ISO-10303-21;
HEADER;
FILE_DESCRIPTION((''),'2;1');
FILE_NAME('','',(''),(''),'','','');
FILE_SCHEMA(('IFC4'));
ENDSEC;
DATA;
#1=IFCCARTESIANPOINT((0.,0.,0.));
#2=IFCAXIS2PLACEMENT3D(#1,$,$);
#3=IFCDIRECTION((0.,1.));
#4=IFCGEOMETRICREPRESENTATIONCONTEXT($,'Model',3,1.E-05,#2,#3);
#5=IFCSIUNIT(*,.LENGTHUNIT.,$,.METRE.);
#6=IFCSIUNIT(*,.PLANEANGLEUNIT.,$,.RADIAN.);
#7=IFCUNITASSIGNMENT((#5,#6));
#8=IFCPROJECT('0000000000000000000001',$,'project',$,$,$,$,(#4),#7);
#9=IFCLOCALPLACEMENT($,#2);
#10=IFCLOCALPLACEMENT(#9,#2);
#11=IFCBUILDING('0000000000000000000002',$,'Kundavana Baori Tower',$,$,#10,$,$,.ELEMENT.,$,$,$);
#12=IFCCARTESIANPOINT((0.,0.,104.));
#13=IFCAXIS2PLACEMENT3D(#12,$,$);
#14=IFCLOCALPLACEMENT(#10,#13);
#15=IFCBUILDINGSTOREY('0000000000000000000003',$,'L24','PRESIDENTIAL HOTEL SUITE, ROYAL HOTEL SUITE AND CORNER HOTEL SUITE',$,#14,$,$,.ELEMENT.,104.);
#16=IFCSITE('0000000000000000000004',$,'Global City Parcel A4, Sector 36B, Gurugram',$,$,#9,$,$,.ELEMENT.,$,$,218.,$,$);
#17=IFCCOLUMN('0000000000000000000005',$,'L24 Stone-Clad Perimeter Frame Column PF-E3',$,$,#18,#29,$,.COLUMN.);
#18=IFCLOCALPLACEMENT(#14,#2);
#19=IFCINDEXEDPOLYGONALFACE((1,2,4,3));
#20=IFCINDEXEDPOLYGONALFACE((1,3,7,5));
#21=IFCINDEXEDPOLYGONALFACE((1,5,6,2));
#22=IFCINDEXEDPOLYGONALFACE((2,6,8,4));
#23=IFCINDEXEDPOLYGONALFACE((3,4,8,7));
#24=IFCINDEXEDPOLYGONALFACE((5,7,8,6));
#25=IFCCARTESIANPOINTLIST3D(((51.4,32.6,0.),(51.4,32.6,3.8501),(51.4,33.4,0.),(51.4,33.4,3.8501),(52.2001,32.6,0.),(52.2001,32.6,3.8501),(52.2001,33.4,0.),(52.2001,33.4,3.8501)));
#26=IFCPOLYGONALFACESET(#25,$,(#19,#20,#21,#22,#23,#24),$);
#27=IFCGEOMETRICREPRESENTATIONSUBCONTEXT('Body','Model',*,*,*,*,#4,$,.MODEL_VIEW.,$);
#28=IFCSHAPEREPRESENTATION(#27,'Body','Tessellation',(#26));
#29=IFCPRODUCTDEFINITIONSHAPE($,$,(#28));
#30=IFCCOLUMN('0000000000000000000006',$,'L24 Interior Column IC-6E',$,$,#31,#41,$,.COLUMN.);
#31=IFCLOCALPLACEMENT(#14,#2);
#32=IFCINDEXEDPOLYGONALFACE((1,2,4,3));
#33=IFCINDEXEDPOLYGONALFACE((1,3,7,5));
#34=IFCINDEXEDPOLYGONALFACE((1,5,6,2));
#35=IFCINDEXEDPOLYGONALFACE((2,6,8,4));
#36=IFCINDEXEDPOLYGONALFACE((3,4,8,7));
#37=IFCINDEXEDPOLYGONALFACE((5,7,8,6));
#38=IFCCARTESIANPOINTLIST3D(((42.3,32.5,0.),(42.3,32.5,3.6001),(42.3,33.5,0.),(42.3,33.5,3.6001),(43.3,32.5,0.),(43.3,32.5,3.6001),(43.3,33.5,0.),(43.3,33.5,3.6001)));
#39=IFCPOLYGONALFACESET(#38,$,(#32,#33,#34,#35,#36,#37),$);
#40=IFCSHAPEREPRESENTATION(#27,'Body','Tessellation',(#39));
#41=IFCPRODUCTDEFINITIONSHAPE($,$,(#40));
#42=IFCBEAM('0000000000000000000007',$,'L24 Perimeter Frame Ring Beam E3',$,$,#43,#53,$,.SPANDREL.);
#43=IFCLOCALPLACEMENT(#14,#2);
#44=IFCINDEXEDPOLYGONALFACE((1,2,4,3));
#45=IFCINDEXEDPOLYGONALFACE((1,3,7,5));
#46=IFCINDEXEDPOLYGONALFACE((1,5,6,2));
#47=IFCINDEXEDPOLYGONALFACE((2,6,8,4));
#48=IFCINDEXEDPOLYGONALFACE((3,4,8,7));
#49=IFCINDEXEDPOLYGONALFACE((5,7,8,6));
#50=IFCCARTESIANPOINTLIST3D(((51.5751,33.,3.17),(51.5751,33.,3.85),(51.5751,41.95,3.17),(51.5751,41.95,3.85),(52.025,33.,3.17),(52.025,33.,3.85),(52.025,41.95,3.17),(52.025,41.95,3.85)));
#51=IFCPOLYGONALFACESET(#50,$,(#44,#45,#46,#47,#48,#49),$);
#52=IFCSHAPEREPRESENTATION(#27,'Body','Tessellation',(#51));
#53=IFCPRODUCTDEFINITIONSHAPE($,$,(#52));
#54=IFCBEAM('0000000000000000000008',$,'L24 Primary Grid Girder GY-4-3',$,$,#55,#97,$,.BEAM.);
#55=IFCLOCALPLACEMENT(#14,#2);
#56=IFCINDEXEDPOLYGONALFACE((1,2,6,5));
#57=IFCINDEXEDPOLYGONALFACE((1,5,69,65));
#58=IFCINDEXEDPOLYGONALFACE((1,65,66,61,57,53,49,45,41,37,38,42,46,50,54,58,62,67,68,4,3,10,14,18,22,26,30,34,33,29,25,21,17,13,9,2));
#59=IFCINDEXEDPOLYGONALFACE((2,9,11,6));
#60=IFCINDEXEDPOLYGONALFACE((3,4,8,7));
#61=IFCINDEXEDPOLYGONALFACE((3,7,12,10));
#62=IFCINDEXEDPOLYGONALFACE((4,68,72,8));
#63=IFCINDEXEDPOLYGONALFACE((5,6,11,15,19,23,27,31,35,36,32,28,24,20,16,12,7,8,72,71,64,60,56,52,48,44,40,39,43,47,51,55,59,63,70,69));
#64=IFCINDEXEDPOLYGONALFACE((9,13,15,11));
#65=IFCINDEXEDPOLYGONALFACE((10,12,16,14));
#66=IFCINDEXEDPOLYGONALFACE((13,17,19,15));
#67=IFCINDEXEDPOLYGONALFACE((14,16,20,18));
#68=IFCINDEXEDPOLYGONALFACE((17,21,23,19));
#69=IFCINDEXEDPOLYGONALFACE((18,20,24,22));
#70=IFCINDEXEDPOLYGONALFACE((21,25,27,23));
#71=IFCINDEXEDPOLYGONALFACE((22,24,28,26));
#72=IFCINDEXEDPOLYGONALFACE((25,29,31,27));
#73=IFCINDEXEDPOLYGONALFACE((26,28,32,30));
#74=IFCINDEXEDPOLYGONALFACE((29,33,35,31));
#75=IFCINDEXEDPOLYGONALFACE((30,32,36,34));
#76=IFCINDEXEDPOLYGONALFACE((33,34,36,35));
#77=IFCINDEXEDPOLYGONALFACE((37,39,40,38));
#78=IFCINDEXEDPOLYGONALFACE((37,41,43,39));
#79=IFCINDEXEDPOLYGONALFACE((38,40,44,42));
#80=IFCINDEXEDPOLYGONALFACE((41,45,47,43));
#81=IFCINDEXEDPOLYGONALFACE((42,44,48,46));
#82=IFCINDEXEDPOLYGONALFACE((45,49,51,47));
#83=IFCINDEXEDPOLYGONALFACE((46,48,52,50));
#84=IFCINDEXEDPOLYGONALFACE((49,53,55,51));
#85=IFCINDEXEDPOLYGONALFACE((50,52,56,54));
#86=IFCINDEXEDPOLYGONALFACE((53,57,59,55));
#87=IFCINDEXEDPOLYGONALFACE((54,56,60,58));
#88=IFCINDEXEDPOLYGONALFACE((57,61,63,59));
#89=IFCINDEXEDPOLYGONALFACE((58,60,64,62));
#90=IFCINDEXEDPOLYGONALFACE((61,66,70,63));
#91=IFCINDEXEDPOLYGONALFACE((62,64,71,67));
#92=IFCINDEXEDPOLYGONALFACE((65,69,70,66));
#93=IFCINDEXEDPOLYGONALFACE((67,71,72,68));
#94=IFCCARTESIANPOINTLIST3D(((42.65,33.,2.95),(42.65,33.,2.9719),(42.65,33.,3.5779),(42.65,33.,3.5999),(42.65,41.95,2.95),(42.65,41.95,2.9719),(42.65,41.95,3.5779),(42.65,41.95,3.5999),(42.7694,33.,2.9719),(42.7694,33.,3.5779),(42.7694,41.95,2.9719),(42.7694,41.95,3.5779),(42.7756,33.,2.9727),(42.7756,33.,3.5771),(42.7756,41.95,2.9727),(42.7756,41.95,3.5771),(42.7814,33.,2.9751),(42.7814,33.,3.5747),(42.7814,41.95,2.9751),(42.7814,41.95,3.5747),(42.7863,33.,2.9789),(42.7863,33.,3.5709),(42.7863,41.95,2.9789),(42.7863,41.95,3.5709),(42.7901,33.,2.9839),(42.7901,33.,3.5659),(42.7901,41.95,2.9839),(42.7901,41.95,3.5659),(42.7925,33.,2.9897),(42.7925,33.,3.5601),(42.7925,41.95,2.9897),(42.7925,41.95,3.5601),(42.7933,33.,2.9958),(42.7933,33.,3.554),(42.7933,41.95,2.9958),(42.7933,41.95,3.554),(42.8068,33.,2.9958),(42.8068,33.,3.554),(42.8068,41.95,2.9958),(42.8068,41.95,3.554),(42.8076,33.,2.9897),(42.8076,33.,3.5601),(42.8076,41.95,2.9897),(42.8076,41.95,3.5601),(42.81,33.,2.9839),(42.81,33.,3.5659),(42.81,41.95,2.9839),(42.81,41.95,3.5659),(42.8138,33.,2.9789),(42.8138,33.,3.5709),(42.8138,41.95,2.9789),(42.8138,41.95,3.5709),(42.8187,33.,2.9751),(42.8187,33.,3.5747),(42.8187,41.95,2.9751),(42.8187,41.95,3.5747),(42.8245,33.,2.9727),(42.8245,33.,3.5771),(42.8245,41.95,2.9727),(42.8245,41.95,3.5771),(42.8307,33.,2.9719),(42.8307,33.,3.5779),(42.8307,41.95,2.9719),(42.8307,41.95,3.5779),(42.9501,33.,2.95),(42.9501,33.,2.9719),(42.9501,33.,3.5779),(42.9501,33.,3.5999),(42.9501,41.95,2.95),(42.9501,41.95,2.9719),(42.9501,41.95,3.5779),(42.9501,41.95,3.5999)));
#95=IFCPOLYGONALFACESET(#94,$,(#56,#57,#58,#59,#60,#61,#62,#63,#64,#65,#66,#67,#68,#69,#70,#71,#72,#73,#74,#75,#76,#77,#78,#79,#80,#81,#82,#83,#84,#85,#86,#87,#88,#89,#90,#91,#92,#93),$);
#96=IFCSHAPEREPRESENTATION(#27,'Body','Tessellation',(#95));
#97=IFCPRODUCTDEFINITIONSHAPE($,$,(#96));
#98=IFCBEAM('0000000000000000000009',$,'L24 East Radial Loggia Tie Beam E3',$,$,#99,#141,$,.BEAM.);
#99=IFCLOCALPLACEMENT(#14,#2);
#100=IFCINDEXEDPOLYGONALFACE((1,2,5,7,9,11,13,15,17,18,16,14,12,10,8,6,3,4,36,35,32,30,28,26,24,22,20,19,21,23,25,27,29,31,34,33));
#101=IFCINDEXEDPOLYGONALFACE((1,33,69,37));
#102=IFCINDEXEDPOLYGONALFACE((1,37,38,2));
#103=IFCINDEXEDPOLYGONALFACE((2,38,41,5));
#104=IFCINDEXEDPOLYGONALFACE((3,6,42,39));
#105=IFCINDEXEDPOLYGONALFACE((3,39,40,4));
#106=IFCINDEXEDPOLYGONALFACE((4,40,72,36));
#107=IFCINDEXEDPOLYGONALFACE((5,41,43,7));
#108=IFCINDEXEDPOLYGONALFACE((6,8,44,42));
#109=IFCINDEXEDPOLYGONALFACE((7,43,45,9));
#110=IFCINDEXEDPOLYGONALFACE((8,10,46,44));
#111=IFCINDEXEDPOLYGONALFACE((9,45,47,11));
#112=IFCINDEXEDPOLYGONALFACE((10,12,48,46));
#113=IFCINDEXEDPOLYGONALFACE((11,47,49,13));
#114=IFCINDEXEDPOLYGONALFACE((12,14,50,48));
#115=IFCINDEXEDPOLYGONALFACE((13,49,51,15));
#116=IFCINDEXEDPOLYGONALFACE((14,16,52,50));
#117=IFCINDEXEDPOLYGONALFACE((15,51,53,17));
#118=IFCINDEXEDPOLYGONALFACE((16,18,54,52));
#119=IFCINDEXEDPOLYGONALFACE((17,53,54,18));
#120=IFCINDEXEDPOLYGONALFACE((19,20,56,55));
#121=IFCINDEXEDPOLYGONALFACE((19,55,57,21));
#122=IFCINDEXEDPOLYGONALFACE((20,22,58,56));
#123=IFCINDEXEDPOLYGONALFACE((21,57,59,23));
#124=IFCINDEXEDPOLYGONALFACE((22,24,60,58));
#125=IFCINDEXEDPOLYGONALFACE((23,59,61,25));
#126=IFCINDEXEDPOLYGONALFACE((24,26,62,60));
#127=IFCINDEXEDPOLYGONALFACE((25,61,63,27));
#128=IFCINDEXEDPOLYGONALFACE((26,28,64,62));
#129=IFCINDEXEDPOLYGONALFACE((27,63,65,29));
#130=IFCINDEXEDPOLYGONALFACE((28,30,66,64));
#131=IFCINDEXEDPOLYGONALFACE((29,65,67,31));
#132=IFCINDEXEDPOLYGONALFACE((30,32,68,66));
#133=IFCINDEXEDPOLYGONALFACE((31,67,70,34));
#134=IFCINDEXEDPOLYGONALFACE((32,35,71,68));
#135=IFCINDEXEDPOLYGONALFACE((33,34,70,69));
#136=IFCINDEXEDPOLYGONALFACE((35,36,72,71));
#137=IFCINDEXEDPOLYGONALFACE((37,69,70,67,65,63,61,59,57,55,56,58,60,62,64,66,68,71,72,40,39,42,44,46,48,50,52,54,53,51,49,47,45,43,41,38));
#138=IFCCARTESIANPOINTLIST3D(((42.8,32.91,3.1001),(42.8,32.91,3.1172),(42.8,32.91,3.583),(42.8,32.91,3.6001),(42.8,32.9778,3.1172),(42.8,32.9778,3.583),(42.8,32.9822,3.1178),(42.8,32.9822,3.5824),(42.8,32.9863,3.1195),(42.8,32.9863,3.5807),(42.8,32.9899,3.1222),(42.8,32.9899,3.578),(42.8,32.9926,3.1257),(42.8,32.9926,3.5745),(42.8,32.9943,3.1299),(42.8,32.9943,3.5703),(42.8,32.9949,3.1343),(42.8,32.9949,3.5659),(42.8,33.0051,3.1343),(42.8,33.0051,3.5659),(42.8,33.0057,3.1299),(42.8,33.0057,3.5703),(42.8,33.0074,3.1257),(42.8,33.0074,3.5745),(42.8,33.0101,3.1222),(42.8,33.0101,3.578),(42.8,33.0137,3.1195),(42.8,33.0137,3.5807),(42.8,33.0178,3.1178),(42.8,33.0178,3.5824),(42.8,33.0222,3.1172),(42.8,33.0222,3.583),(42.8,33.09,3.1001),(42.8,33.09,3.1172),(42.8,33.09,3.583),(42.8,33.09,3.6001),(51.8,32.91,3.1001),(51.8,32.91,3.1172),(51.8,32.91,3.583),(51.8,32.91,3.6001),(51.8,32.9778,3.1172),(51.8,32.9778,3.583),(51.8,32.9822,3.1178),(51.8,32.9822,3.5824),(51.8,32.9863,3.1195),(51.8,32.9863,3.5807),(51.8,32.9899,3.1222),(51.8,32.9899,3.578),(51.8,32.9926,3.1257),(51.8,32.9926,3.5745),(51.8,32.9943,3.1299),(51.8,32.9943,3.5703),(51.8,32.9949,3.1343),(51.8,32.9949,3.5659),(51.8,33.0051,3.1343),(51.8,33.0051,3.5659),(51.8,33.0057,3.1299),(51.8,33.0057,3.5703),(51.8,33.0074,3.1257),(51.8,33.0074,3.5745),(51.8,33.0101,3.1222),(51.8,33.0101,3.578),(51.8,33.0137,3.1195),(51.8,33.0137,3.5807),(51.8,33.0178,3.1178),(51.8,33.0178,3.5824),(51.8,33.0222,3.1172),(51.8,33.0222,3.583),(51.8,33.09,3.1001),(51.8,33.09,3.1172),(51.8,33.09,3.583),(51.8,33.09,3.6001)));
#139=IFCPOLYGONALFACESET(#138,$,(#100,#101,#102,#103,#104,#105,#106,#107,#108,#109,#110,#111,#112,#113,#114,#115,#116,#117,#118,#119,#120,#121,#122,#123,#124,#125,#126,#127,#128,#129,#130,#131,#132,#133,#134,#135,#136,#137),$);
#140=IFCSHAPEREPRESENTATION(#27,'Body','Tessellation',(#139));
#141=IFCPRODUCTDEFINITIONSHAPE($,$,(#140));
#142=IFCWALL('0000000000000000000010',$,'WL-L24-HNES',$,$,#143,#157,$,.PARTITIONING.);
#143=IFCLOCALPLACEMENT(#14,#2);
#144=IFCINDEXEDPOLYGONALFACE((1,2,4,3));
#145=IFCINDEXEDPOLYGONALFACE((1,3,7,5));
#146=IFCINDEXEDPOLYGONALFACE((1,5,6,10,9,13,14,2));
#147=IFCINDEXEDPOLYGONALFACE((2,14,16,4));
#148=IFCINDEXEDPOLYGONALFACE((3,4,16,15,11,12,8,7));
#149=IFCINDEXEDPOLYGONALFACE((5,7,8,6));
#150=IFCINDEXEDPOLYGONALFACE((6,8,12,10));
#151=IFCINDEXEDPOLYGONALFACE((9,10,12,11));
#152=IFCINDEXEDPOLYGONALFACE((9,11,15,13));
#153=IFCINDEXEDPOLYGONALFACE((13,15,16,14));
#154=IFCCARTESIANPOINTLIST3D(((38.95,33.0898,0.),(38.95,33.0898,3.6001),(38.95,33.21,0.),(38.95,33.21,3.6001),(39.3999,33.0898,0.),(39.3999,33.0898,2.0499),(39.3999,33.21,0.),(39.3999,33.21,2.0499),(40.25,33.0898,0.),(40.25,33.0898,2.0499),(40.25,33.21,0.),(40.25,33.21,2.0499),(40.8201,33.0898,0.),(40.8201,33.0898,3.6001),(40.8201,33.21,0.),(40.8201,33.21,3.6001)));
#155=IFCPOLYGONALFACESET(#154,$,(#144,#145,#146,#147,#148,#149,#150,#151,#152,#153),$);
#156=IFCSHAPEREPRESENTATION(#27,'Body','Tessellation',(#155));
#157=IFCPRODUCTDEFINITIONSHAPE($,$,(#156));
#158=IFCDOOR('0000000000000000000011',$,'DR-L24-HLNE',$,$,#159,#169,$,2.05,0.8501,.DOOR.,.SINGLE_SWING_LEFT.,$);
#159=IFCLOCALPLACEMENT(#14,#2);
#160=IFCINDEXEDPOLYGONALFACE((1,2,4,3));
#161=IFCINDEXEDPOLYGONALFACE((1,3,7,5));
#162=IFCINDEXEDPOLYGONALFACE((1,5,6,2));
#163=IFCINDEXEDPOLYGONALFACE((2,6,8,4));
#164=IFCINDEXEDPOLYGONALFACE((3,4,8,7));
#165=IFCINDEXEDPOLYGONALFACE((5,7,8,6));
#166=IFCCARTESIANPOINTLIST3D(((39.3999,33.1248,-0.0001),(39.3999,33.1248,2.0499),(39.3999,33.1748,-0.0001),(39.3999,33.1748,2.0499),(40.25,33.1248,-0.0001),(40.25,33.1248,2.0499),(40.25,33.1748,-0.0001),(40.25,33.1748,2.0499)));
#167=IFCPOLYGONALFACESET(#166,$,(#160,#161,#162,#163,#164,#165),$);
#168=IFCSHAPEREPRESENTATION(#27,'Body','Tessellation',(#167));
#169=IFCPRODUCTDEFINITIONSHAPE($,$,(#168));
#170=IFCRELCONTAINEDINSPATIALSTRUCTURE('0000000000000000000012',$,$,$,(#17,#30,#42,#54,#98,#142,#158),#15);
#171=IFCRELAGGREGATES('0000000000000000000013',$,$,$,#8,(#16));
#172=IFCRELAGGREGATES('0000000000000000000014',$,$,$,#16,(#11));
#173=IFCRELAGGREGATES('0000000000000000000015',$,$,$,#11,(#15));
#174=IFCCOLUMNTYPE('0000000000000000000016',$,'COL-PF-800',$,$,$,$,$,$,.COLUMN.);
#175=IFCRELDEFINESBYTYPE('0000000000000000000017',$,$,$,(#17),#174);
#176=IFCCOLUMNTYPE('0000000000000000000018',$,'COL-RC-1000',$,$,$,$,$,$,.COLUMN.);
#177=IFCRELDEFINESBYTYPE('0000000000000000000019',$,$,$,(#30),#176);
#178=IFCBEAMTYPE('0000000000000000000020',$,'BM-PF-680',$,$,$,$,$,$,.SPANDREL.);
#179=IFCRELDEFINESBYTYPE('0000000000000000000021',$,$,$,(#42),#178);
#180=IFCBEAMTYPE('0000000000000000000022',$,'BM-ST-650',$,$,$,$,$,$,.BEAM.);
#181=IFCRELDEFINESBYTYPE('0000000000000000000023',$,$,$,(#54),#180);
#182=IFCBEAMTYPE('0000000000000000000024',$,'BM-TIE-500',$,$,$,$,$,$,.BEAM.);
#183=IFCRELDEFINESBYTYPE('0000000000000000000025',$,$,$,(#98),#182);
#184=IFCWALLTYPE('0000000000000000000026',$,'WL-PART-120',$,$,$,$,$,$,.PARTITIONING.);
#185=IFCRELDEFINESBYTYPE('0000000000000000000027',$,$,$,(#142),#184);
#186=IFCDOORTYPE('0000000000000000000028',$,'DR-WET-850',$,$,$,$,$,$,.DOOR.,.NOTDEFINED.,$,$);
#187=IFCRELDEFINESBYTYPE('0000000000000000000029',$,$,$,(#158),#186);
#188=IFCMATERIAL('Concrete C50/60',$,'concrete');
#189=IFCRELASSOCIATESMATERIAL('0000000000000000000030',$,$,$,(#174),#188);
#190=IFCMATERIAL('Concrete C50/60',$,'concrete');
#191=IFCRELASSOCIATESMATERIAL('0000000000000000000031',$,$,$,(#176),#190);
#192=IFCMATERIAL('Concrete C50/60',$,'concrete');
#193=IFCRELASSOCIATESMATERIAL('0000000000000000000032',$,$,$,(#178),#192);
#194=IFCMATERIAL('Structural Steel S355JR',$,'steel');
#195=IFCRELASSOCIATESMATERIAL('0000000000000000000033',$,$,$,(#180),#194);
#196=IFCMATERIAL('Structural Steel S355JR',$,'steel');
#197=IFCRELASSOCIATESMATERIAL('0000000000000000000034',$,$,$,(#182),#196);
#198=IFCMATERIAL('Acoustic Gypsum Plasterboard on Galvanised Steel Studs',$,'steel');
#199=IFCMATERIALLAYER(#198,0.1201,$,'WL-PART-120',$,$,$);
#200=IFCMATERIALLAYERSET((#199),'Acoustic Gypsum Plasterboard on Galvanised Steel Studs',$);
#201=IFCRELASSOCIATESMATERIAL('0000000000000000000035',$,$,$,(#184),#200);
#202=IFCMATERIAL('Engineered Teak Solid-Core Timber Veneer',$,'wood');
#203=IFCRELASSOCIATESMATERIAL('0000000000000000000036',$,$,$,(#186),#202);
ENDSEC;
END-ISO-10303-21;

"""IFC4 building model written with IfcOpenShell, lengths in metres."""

from ifc_helpers import new_model, si_unit, direction, frame, frame_2d, origin, origin_2d, place, context, subcontext, project, spatial, rectangle, i_section, extrude, material, layer, layer_set, material_profile, profile_set, type_object, element, fill, save


model = new_model("IFC4")

# Units and contexts
model_context = context("Model", 3, precision=1e-05, world=origin(), true_north=direction((0.0, 1.0)))
body_context = subcontext(model_context, "Body", "Model", "MODEL_VIEW")
ifc_project = project(units=[si_unit("LENGTHUNIT", "METRE"), si_unit("PLANEANGLEUNIT", "RADIAN")], contexts=[model_context])

# Site, building, storey
site_placement = place(None, origin())
site = spatial("IfcSite", under=ifc_project, at=site_placement, Name="Global City Parcel A4, Sector 36B, Gurugram", CompositionType="ELEMENT", RefElevation=218.0)
building_placement = place(site_placement, origin())
building = spatial("IfcBuilding", under=site, at=building_placement, Name="Kundavana Baori Tower", CompositionType="ELEMENT")
storey_placement = place(building_placement, frame((0.0, 0.0, 104.0)))
storey = spatial("IfcBuildingStorey", under=building, at=storey_placement, Name="L24", Description="PRESIDENTIAL HOTEL SUITE, ROYAL HOTEL SUITE AND CORNER HOTEL SUITE", CompositionType="ELEMENT", Elevation=104.0)

# Columns
ifc_material_1 = material(Name="Concrete C50/60", Category="concrete")
ifc_material_profile_1 = material_profile(ifc_material_1, rectangle(XDim=0.8, YDim=0.8, at=origin_2d()), Name="RC PF 800x800")
ifc_profile_set_1 = profile_set([ifc_material_profile_1], Name="Concrete C50/60")
column_type_1 = type_object("IfcColumnType", Name="COL-PF-800", PredefinedType="COLUMN", material=ifc_profile_set_1)
column_1_placement = place(storey_placement, frame((51.8, 33.0, 0.0), z_axis=(0.0, 0.0, 1.0), x_axis=(1.0, 0.0, 0.0)))
element("IfcColumn", 1, at=column_1_placement, inside=storey, type_object=column_type_1, Name="L24 Stone-Clad Perimeter Frame Column PF-E3", PredefinedType="COLUMN", context=body_context, shape_type="SweptSolid", body=[
    extrude(rectangle(XDim=0.8, YDim=0.8, at=origin_2d()), origin(), (0.0, 0.0, 1.0), 3.8501),
])
ifc_material_2 = material(Name="Concrete C50/60", Category="concrete")
ifc_material_profile_2 = material_profile(ifc_material_2, rectangle(XDim=1.0, YDim=1.0, at=origin_2d()), Name="RC 1000x1000")
ifc_profile_set_2 = profile_set([ifc_material_profile_2], Name="Concrete C50/60")
column_type_2 = type_object("IfcColumnType", Name="COL-RC-1000", PredefinedType="COLUMN", material=ifc_profile_set_2)
column_2_placement = place(storey_placement, frame((42.8, 33.0, 0.0), z_axis=(0.0, 0.0, 1.0), x_axis=(1.0, 0.0, 0.0)))
element("IfcColumn", 2, at=column_2_placement, inside=storey, type_object=column_type_2, Name="L24 Interior Column IC-6E", PredefinedType="COLUMN", context=body_context, shape_type="SweptSolid", body=[
    extrude(rectangle(XDim=1.0, YDim=1.0, at=origin_2d()), origin(), (0.0, 0.0, 1.0), 3.6001),
])

# Beams
ifc_material_3 = material(Name="Concrete C50/60", Category="concrete")
ifc_material_profile_3 = material_profile(ifc_material_3, rectangle(XDim=0.45, YDim=0.6799, at=origin_2d()), Name="RC BM 450x680")
ifc_profile_set_3 = profile_set([ifc_material_profile_3], Name="Concrete C50/60")
beam_type_1 = type_object("IfcBeamType", Name="BM-PF-680", PredefinedType="SPANDREL", material=ifc_profile_set_3)
beam_1_placement = place(storey_placement, frame((51.8, 33.0, 3.51), z_axis=(0.0, 1.0, 0.0), x_axis=(-1.0, 0.0, 0.0)))
element("IfcBeam", 3, at=beam_1_placement, inside=storey, type_object=beam_type_1, Name="L24 Perimeter Frame Ring Beam E3", PredefinedType="SPANDREL", context=body_context, shape_type="SweptSolid", body=[
    extrude(rectangle(XDim=0.45, YDim=0.6799, at=origin_2d()), origin(), (0.0, 0.0, 1.0), 8.95),
])
ifc_material_4 = material(Name="Structural Steel S355JR", Category="steel")
ifc_material_profile_4 = material_profile(ifc_material_4, i_section(OverallWidth=0.3, OverallDepth=0.6499, WebThickness=0.0134, FlangeThickness=0.022, FilletRadius=0.0239, at=origin_2d()), Name="NPB 650x300x155")
ifc_profile_set_4 = profile_set([ifc_material_profile_4], Name="Structural Steel S355JR")
beam_type_2 = type_object("IfcBeamType", Name="BM-ST-650", PredefinedType="BEAM", material=ifc_profile_set_4)
beam_2_placement = place(storey_placement, frame((42.8, 33.0, 3.2749), z_axis=(0.0, 1.0, 0.0), x_axis=(-1.0, 0.0, 0.0)))
element("IfcBeam", 4, at=beam_2_placement, inside=storey, type_object=beam_type_2, Name="L24 Primary Grid Girder GY-4-3", PredefinedType="BEAM", context=body_context, shape_type="SweptSolid", body=[
    extrude(i_section(OverallWidth=0.3, OverallDepth=0.6499, WebThickness=0.0134, FlangeThickness=0.022, FilletRadius=0.0239, at=origin_2d()), origin(), (0.0, 0.0, 1.0), 8.95),
])
ifc_material_5 = material(Name="Structural Steel S355JR", Category="steel")
ifc_material_profile_5 = material_profile(ifc_material_5, i_section(OverallWidth=0.1799, OverallDepth=0.5, WebThickness=0.0103, FlangeThickness=0.0171, FilletRadius=0.0171, at=origin_2d()), Name="ISMB 500")
ifc_profile_set_5 = profile_set([ifc_material_profile_5], Name="Structural Steel S355JR")
beam_type_3 = type_object("IfcBeamType", Name="BM-TIE-500", PredefinedType="BEAM", material=ifc_profile_set_5)
beam_3_placement = place(storey_placement, frame((42.8, 33.0, 3.3501), z_axis=(1.0, 0.0, 0.0), x_axis=(0.0, 1.0, 0.0)))
element("IfcBeam", 5, at=beam_3_placement, inside=storey, type_object=beam_type_3, Name="L24 East Radial Loggia Tie Beam E3", PredefinedType="BEAM", context=body_context, shape_type="SweptSolid", body=[
    extrude(i_section(OverallWidth=0.1799, OverallDepth=0.5, WebThickness=0.0103, FlangeThickness=0.0171, FilletRadius=0.0171, at=origin_2d()), origin(), (0.0, 0.0, 1.0), 9.0),
])

# Wall, opening, door
ifc_material_6 = material(Name="Acoustic Gypsum Plasterboard on Galvanised Steel Studs", Category="steel")
ifc_layer_1 = layer(ifc_material_6, 0.1201, Name="WL-PART-120")
ifc_layer_set_1 = layer_set([ifc_layer_1], Name="Acoustic Gypsum Plasterboard on Galvanised Steel Studs")
wall_type_1 = type_object("IfcWallType", Name="WL-PART-120", PredefinedType="PARTITIONING", material=ifc_layer_set_1)
wall_1_placement = place(storey_placement, frame((38.95, 33.1499, 0.0), z_axis=(0.0, 0.0, 1.0), x_axis=(1.0, 0.0, 0.0)))
wall_1 = element("IfcWall", 6, at=wall_1_placement, inside=storey, type_object=wall_type_1, Name="WL-L24-HNES", PredefinedType="PARTITIONING", context=body_context, shape_type="SweptSolid", body=[
    extrude(rectangle(XDim=1.8701, YDim=0.1201, at=frame_2d((0.9351, 0.0))), origin(), (0.0, 0.0, 1.0), 3.6001),
])
opening_1_placement = place(wall_1_placement, frame((0.45, 0.0, 0.0)))
opening_1 = element("IfcOpeningElement", 7, at=opening_1_placement, cuts=wall_1, PredefinedType="OPENING", context=body_context, shape_type="SweptSolid", body=[
    extrude(rectangle(XDim=0.8501, YDim=2.05, at=frame_2d((0.425, 1.0249))), frame((0.0, 0.0701, 0.0), z_axis=(0.0, -1.0, 0.0), x_axis=(1.0, 0.0, 0.0)), (0.0, 0.0, 1.0), 0.1401),
])
ifc_material_7 = material(Name="Engineered Teak Solid-Core Timber Veneer", Category="wood")
door_type_1 = type_object("IfcDoorType", Name="DR-WET-850", OperationType="NOTDEFINED", PredefinedType="DOOR", material=ifc_material_7)
door_1_placement = place(opening_1_placement, origin())
door_1 = element("IfcDoor", 8, at=door_1_placement, inside=storey, type_object=door_type_1, Name="DR-L24-HLNE", OperationType="SINGLE_SWING_LEFT", OverallHeight=2.05, OverallWidth=0.8501, PredefinedType="DOOR", context=body_context, shape_type="SweptSolid", body=[
    extrude(rectangle(XDim=0.8501, YDim=2.05, at=frame_2d((0.425, 1.0249))), frame((0.0, 0.0249, 0.0), z_axis=(0.0, -1.0, 0.0), x_axis=(1.0, 0.0, 0.0)), (0.0, 0.0, 1.0), 0.05),
])
fill(opening_1, door_1)

save(model, "model.ifc")
